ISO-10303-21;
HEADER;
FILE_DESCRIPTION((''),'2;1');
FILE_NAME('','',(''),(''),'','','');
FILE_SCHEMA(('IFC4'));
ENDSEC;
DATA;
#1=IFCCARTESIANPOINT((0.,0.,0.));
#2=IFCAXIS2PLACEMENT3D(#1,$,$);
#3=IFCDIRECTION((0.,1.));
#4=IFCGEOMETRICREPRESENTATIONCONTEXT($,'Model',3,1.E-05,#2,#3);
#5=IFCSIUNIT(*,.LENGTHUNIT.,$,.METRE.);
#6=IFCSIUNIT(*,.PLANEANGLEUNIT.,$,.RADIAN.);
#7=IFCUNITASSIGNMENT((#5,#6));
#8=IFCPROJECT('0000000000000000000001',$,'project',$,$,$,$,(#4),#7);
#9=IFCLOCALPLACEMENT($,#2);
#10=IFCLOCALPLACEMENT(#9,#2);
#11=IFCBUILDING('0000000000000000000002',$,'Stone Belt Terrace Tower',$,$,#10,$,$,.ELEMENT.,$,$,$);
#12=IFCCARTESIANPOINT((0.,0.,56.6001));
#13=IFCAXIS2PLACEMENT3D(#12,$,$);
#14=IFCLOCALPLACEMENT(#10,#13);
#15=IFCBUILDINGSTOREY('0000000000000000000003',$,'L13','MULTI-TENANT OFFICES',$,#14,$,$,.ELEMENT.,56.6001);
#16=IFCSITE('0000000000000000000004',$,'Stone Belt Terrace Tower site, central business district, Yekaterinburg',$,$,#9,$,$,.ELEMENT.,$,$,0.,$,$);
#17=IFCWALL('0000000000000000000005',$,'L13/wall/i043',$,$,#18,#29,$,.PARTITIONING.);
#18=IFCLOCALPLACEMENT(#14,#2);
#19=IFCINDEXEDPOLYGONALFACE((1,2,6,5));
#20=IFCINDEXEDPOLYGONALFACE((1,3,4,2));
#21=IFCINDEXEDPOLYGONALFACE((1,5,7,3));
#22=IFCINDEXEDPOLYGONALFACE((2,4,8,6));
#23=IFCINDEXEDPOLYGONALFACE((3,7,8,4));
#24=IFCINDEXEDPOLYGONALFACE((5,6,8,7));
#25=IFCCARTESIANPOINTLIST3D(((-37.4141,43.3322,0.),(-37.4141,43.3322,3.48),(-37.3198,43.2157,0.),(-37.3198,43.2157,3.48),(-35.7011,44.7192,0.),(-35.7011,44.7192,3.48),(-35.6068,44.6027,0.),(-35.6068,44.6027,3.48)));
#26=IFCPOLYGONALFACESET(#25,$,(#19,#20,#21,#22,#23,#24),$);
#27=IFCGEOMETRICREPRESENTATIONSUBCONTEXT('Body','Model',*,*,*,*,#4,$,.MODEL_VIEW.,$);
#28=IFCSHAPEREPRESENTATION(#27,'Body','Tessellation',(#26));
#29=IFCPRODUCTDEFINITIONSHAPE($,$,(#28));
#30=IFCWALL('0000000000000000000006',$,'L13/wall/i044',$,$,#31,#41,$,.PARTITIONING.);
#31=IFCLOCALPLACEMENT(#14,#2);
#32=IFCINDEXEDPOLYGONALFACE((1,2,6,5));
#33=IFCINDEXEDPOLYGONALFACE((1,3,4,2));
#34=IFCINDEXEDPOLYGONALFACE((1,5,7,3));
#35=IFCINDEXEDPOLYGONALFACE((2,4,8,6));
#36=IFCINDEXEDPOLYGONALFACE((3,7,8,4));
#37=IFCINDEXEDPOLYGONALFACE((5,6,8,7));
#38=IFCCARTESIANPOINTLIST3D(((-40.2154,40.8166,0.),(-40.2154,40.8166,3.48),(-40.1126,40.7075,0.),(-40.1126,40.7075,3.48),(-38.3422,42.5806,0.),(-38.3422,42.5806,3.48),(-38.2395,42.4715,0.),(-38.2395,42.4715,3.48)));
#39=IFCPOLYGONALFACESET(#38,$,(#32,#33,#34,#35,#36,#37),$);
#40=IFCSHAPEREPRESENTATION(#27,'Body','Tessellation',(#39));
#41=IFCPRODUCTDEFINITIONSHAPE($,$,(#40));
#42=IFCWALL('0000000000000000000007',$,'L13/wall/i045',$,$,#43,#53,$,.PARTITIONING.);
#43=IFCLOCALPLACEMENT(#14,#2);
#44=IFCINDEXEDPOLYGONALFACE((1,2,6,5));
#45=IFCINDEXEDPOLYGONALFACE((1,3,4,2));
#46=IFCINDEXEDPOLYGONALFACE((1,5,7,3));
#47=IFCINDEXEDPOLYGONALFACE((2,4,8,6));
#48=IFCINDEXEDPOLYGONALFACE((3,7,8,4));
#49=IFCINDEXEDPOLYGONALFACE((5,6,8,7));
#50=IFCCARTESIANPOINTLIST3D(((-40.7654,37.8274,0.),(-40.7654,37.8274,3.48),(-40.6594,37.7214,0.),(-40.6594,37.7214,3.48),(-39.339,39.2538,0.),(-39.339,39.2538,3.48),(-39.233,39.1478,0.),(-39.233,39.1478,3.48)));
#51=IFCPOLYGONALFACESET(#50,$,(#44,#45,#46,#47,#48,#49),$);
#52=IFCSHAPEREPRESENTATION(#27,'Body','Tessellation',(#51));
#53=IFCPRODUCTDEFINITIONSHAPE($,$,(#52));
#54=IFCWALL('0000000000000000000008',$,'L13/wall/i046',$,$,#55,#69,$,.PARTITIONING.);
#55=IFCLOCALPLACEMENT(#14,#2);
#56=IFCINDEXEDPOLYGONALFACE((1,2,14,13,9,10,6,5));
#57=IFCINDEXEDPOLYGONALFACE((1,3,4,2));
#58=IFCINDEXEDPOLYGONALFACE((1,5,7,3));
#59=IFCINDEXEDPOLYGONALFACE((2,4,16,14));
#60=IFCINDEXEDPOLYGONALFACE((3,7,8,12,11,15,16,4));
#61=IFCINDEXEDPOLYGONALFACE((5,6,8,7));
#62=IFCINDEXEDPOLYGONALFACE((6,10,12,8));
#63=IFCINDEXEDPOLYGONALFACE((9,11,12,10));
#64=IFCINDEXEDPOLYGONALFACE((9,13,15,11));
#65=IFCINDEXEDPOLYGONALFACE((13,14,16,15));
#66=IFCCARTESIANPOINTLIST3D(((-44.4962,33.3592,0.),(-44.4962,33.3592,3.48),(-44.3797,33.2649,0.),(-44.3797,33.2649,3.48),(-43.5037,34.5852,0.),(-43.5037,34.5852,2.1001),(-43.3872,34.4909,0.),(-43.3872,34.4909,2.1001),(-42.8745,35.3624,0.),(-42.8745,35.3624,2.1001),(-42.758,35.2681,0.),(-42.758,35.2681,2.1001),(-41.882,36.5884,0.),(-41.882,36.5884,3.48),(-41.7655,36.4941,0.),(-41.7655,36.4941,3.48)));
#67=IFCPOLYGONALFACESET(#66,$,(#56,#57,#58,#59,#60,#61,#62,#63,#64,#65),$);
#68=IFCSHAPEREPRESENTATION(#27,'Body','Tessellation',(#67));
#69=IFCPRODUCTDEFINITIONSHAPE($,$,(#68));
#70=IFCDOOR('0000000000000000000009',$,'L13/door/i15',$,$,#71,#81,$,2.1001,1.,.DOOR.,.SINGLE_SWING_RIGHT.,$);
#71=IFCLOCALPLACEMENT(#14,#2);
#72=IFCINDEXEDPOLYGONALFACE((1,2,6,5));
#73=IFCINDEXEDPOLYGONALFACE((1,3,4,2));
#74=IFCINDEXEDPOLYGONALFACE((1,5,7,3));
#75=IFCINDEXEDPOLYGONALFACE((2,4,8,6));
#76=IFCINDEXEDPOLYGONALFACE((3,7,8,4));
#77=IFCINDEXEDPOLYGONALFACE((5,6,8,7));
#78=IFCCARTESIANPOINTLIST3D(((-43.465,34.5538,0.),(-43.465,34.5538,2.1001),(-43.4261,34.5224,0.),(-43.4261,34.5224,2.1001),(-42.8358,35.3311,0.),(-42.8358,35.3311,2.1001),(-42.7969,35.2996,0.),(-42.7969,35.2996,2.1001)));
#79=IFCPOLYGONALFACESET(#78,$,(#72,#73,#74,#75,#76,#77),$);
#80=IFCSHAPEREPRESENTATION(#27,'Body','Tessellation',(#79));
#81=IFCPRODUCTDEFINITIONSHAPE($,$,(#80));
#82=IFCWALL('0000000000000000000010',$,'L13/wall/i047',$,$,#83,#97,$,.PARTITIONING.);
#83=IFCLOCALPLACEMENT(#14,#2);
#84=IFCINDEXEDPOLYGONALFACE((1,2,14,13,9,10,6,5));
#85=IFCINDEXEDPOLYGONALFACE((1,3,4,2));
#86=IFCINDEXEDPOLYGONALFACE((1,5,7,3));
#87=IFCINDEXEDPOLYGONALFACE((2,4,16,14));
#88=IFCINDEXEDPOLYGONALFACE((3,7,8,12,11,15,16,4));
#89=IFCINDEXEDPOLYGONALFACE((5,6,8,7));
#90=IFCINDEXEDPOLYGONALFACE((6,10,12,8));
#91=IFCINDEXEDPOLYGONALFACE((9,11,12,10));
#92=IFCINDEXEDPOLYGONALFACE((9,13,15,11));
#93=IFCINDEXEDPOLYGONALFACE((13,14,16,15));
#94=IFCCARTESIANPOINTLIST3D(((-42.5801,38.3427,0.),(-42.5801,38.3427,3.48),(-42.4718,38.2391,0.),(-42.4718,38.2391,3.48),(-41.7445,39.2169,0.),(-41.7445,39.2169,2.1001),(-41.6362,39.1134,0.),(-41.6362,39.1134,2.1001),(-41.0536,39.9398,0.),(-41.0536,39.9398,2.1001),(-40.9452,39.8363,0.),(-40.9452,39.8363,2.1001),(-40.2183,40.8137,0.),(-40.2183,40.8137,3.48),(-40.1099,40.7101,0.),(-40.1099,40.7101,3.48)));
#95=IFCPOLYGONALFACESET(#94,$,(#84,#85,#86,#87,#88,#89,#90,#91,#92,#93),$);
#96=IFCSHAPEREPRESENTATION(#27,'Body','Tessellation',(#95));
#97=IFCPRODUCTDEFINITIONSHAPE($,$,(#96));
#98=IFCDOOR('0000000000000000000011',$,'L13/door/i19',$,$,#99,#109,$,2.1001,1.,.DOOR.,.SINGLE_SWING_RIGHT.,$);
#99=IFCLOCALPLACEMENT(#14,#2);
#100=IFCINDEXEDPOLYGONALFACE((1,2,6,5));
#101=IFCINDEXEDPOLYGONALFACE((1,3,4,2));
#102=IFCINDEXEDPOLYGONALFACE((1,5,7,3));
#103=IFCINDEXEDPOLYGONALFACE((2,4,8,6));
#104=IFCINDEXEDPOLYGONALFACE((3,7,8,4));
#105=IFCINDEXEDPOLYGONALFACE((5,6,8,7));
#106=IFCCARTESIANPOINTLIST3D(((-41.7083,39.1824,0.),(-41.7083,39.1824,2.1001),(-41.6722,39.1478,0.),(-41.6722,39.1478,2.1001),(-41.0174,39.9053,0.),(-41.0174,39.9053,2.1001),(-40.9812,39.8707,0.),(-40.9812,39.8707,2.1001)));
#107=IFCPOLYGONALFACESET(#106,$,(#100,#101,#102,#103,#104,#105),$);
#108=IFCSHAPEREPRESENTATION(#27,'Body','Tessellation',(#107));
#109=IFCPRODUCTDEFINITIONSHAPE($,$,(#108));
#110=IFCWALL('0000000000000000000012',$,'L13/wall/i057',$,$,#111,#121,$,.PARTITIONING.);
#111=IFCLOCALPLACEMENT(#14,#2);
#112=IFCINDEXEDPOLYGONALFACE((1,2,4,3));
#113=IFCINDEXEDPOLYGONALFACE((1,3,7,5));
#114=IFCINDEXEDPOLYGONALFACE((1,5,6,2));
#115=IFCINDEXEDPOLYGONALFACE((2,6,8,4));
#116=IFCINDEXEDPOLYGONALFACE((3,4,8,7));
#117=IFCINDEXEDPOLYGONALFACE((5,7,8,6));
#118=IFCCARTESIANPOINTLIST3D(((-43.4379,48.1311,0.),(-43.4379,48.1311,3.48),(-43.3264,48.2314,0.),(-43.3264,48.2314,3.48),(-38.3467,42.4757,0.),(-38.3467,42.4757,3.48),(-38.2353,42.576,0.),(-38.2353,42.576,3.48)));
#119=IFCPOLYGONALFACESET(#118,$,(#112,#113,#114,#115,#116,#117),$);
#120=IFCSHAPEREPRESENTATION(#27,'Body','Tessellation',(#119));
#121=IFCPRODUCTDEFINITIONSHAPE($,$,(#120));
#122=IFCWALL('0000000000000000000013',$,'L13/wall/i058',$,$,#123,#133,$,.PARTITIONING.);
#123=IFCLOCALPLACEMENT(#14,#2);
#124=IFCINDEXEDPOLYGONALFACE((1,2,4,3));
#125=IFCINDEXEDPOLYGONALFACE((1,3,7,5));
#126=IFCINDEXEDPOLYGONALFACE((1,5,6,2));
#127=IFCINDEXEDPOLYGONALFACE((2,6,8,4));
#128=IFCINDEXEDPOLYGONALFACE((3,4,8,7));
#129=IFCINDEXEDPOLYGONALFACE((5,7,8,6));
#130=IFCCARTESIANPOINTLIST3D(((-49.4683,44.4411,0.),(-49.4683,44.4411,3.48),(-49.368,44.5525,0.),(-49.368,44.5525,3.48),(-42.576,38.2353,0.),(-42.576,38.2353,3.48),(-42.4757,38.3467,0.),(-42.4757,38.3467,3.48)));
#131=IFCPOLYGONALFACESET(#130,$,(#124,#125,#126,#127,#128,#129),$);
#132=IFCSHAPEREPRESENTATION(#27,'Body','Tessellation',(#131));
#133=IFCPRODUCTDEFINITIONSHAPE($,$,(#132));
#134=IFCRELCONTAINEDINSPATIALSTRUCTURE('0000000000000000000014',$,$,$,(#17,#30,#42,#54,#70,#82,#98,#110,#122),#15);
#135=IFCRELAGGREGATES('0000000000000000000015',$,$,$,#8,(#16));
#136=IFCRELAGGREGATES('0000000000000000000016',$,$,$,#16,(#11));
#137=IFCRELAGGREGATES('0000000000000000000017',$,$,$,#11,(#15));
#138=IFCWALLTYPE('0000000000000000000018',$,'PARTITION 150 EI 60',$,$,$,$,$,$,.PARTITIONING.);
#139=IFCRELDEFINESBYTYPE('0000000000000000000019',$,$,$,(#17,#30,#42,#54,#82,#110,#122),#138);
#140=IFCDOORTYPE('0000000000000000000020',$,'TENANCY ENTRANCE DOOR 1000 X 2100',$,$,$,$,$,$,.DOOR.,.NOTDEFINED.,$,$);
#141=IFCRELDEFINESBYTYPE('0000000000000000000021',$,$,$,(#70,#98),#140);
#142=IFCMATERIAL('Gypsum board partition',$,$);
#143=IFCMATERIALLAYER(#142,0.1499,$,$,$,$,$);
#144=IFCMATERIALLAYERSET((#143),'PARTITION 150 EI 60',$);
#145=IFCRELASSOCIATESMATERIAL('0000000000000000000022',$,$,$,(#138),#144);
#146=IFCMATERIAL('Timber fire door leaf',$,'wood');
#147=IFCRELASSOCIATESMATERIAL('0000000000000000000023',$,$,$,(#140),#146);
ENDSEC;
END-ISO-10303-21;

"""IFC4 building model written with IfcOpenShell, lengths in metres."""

from ifc_helpers import new_model, si_unit, direction, frame, frame_2d, origin, place, context, subcontext, project, spatial, rectangle, extrude, material, layer, layer_set, type_object, element, fill, save


model = new_model("IFC4")

# Units and contexts
model_context = context("Model", 3, precision=1e-05, world=origin(), true_north=direction((0.0, 1.0)))
body_context = subcontext(model_context, "Body", "Model", "MODEL_VIEW")
ifc_project = project(units=[si_unit("LENGTHUNIT", "METRE"), si_unit("PLANEANGLEUNIT", "RADIAN")], contexts=[model_context])

# Site, building, storey
site_placement = place(None, origin())
site = spatial("IfcSite", under=ifc_project, at=site_placement, Name="Stone Belt Terrace Tower site, central business district, Yekaterinburg", CompositionType="ELEMENT", RefElevation=0.0)
building_placement = place(site_placement, origin())
building = spatial("IfcBuilding", under=site, at=building_placement, Name="Stone Belt Terrace Tower", CompositionType="ELEMENT")
storey_placement = place(building_placement, frame((0.0, 0.0, 56.6001)))
storey = spatial("IfcBuildingStorey", under=building, at=storey_placement, Name="L13", Description="MULTI-TENANT OFFICES", CompositionType="ELEMENT", Elevation=56.6001)

# Walls
ifc_material_1 = material(Name="Gypsum board partition")
ifc_layer_1 = layer(ifc_material_1, 0.1499)
ifc_layer_set_1 = layer_set([ifc_layer_1], Name="PARTITION 150 EI 60")
wall_type = type_object("IfcWallType", Name="PARTITION 150 EI 60", PredefinedType="PARTITIONING", material=ifc_layer_set_1)
wall_1_placement = place(storey_placement, frame((-37.3669, 43.2739, 0.0), z_axis=(0.0, 0.0, 1.0), x_axis=(0.77717, 0.629291, 0.0)))
element("IfcWall", 1, at=wall_1_placement, inside=storey, type_object=wall_type, Name="L13/wall/i043", PredefinedType="PARTITIONING", context=body_context, shape_type="SweptSolid", body=[
    extrude(rectangle(XDim=2.2041, YDim=0.1499, at=frame_2d((1.1021, 0.0))), origin(), (0.0, 0.0, 1.0), 3.48),
])
wall_2_placement = place(storey_placement, frame((-40.1641, 40.762, 0.0), z_axis=(0.0, 0.0, 1.0), x_axis=(0.727997, 0.685581, 0.0)))
element("IfcWall", 2, at=wall_2_placement, inside=storey, type_object=wall_type, Name="L13/wall/i044", PredefinedType="PARTITIONING", context=body_context, shape_type="SweptSolid", body=[
    extrude(rectangle(XDim=2.573, YDim=0.1499, at=frame_2d((1.2866, 0.0))), origin(), (0.0, 0.0, 1.0), 3.48),
])
wall_3_placement = place(storey_placement, frame((-39.2859, 39.2009, 0.0), z_axis=(0.0, 0.0, 1.0), x_axis=(-0.707107, -0.707107, 0.0)))
element("IfcWall", 3, at=wall_3_placement, inside=storey, type_object=wall_type, Name="L13/wall/i045", PredefinedType="PARTITIONING", context=body_context, shape_type="SweptSolid", body=[
    extrude(rectangle(XDim=2.0173, YDim=0.1499, at=frame_2d((1.0088, 0.0))), origin(), (0.0, 0.0, 1.0), 3.48),
])

# Walls, openings, doors
wall_4_placement = place(storey_placement, frame((-41.8237, 36.5413, 0.0), z_axis=(0.0, 0.0, 1.0), x_axis=(-0.629213, -0.777233, 0.0)))
wall_4 = element("IfcWall", 4, at=wall_4_placement, inside=storey, type_object=wall_type, Name="L13/wall/i046", PredefinedType="PARTITIONING", context=body_context, shape_type="SweptSolid", body=[
    extrude(rectangle(XDim=4.1548, YDim=0.1499, at=frame_2d((2.0774, 0.0))), origin(), (0.0, 0.0, 1.0), 3.48),
])
opening_1_placement = place(wall_4_placement, frame((1.5774, 0.0, 0.0)))
opening_1 = element("IfcOpeningElement", 5, at=opening_1_placement, cuts=wall_4, PredefinedType="OPENING", context=body_context, shape_type="SweptSolid", body=[
    extrude(rectangle(XDim=1.0, YDim=2.1001, at=frame_2d((0.5, 1.05))), frame((0.0, 0.085, 0.0), z_axis=(0.0, -1.0, 0.0), x_axis=(1.0, 0.0, 0.0)), (0.0, 0.0, 1.0), 0.1699),
])
ifc_material_2 = material(Name="Timber fire door leaf", Category="wood")
door_type = type_object("IfcDoorType", Name="TENANCY ENTRANCE DOOR 1000 X 2100", OperationType="NOTDEFINED", PredefinedType="DOOR", material=ifc_material_2)
door_1_placement = place(opening_1_placement, origin())
door_1 = element("IfcDoor", 6, at=door_1_placement, inside=storey, type_object=door_type, Name="L13/door/i15", OperationType="SINGLE_SWING_RIGHT", OverallHeight=2.1001, OverallWidth=1.0, PredefinedType="DOOR", context=body_context, shape_type="SweptSolid", body=[
    extrude(rectangle(XDim=1.0, YDim=2.1001, at=frame_2d((0.5, 1.05))), frame((0.0, 0.0249, 0.0), z_axis=(0.0, -1.0, 0.0), x_axis=(1.0, 0.0, 0.0)), (0.0, 0.0, 1.0), 0.05),
])
fill(opening_1, door_1)
wall_5_placement = place(storey_placement, frame((-42.5259, 38.291, 0.0), z_axis=(0.0, 0.0, 1.0), x_axis=(0.690963, 0.72289, 0.0)))
wall_5 = element("IfcWall", 7, at=wall_5_placement, inside=storey, type_object=wall_type, Name="L13/wall/i047", PredefinedType="PARTITIONING", context=body_context, shape_type="SweptSolid", body=[
    extrude(rectangle(XDim=3.4182, YDim=0.1499, at=frame_2d((1.709, 0.0))), origin(), (0.0, 0.0, 1.0), 3.48),
])
opening_2_placement = place(wall_5_placement, frame((1.2092, 0.0, 0.0)))
opening_2 = element("IfcOpeningElement", 8, at=opening_2_placement, cuts=wall_5, PredefinedType="OPENING", context=body_context, shape_type="SweptSolid", body=[
    extrude(rectangle(XDim=1.0, YDim=2.1001, at=frame_2d((0.5, 1.05))), frame((0.0, 0.085, 0.0), z_axis=(0.0, -1.0, 0.0), x_axis=(1.0, 0.0, 0.0)), (0.0, 0.0, 1.0), 0.1699),
])
door_2_placement = place(opening_2_placement, origin())
door_2 = element("IfcDoor", 9, at=door_2_placement, inside=storey, type_object=door_type, Name="L13/door/i19", OperationType="SINGLE_SWING_RIGHT", OverallHeight=2.1001, OverallWidth=1.0, PredefinedType="DOOR", context=body_context, shape_type="SweptSolid", body=[
    extrude(rectangle(XDim=1.0, YDim=2.1001, at=frame_2d((0.5, 1.05))), frame((0.0, 0.0249, 0.0), z_axis=(0.0, -1.0, 0.0), x_axis=(1.0, 0.0, 0.0)), (0.0, 0.0, 1.0), 0.05),
])
fill(opening_2, door_2)

# Walls
wall_6_placement = place(storey_placement, frame((-38.291, 42.5259, 0.0), z_axis=(0.0, 0.0, 1.0), x_axis=(-0.66906, 0.743208, 0.0)))
element("IfcWall", 10, at=wall_6_placement, inside=storey, type_object=wall_type, Name="L13/wall/i057", PredefinedType="PARTITIONING", context=body_context, shape_type="SweptSolid", body=[
    extrude(rectangle(XDim=7.6094, YDim=0.1499, at=frame_2d((3.8047, 0.0))), origin(), (0.0, 0.0, 1.0), 3.48),
])
wall_7_placement = place(storey_placement, frame((-42.5259, 38.291, 0.0), z_axis=(0.0, 0.0, 1.0), x_axis=(-0.743149, 0.669126, 0.0)))
element("IfcWall", 11, at=wall_7_placement, inside=storey, type_object=wall_type, Name="L13/wall/i058", PredefinedType="PARTITIONING", context=body_context, shape_type="SweptSolid", body=[
    extrude(rectangle(XDim=9.2744, YDim=0.1499, at=frame_2d((4.6372, 0.0))), origin(), (0.0, 0.0, 1.0), 3.48),
])

save(model, "model.ifc")
